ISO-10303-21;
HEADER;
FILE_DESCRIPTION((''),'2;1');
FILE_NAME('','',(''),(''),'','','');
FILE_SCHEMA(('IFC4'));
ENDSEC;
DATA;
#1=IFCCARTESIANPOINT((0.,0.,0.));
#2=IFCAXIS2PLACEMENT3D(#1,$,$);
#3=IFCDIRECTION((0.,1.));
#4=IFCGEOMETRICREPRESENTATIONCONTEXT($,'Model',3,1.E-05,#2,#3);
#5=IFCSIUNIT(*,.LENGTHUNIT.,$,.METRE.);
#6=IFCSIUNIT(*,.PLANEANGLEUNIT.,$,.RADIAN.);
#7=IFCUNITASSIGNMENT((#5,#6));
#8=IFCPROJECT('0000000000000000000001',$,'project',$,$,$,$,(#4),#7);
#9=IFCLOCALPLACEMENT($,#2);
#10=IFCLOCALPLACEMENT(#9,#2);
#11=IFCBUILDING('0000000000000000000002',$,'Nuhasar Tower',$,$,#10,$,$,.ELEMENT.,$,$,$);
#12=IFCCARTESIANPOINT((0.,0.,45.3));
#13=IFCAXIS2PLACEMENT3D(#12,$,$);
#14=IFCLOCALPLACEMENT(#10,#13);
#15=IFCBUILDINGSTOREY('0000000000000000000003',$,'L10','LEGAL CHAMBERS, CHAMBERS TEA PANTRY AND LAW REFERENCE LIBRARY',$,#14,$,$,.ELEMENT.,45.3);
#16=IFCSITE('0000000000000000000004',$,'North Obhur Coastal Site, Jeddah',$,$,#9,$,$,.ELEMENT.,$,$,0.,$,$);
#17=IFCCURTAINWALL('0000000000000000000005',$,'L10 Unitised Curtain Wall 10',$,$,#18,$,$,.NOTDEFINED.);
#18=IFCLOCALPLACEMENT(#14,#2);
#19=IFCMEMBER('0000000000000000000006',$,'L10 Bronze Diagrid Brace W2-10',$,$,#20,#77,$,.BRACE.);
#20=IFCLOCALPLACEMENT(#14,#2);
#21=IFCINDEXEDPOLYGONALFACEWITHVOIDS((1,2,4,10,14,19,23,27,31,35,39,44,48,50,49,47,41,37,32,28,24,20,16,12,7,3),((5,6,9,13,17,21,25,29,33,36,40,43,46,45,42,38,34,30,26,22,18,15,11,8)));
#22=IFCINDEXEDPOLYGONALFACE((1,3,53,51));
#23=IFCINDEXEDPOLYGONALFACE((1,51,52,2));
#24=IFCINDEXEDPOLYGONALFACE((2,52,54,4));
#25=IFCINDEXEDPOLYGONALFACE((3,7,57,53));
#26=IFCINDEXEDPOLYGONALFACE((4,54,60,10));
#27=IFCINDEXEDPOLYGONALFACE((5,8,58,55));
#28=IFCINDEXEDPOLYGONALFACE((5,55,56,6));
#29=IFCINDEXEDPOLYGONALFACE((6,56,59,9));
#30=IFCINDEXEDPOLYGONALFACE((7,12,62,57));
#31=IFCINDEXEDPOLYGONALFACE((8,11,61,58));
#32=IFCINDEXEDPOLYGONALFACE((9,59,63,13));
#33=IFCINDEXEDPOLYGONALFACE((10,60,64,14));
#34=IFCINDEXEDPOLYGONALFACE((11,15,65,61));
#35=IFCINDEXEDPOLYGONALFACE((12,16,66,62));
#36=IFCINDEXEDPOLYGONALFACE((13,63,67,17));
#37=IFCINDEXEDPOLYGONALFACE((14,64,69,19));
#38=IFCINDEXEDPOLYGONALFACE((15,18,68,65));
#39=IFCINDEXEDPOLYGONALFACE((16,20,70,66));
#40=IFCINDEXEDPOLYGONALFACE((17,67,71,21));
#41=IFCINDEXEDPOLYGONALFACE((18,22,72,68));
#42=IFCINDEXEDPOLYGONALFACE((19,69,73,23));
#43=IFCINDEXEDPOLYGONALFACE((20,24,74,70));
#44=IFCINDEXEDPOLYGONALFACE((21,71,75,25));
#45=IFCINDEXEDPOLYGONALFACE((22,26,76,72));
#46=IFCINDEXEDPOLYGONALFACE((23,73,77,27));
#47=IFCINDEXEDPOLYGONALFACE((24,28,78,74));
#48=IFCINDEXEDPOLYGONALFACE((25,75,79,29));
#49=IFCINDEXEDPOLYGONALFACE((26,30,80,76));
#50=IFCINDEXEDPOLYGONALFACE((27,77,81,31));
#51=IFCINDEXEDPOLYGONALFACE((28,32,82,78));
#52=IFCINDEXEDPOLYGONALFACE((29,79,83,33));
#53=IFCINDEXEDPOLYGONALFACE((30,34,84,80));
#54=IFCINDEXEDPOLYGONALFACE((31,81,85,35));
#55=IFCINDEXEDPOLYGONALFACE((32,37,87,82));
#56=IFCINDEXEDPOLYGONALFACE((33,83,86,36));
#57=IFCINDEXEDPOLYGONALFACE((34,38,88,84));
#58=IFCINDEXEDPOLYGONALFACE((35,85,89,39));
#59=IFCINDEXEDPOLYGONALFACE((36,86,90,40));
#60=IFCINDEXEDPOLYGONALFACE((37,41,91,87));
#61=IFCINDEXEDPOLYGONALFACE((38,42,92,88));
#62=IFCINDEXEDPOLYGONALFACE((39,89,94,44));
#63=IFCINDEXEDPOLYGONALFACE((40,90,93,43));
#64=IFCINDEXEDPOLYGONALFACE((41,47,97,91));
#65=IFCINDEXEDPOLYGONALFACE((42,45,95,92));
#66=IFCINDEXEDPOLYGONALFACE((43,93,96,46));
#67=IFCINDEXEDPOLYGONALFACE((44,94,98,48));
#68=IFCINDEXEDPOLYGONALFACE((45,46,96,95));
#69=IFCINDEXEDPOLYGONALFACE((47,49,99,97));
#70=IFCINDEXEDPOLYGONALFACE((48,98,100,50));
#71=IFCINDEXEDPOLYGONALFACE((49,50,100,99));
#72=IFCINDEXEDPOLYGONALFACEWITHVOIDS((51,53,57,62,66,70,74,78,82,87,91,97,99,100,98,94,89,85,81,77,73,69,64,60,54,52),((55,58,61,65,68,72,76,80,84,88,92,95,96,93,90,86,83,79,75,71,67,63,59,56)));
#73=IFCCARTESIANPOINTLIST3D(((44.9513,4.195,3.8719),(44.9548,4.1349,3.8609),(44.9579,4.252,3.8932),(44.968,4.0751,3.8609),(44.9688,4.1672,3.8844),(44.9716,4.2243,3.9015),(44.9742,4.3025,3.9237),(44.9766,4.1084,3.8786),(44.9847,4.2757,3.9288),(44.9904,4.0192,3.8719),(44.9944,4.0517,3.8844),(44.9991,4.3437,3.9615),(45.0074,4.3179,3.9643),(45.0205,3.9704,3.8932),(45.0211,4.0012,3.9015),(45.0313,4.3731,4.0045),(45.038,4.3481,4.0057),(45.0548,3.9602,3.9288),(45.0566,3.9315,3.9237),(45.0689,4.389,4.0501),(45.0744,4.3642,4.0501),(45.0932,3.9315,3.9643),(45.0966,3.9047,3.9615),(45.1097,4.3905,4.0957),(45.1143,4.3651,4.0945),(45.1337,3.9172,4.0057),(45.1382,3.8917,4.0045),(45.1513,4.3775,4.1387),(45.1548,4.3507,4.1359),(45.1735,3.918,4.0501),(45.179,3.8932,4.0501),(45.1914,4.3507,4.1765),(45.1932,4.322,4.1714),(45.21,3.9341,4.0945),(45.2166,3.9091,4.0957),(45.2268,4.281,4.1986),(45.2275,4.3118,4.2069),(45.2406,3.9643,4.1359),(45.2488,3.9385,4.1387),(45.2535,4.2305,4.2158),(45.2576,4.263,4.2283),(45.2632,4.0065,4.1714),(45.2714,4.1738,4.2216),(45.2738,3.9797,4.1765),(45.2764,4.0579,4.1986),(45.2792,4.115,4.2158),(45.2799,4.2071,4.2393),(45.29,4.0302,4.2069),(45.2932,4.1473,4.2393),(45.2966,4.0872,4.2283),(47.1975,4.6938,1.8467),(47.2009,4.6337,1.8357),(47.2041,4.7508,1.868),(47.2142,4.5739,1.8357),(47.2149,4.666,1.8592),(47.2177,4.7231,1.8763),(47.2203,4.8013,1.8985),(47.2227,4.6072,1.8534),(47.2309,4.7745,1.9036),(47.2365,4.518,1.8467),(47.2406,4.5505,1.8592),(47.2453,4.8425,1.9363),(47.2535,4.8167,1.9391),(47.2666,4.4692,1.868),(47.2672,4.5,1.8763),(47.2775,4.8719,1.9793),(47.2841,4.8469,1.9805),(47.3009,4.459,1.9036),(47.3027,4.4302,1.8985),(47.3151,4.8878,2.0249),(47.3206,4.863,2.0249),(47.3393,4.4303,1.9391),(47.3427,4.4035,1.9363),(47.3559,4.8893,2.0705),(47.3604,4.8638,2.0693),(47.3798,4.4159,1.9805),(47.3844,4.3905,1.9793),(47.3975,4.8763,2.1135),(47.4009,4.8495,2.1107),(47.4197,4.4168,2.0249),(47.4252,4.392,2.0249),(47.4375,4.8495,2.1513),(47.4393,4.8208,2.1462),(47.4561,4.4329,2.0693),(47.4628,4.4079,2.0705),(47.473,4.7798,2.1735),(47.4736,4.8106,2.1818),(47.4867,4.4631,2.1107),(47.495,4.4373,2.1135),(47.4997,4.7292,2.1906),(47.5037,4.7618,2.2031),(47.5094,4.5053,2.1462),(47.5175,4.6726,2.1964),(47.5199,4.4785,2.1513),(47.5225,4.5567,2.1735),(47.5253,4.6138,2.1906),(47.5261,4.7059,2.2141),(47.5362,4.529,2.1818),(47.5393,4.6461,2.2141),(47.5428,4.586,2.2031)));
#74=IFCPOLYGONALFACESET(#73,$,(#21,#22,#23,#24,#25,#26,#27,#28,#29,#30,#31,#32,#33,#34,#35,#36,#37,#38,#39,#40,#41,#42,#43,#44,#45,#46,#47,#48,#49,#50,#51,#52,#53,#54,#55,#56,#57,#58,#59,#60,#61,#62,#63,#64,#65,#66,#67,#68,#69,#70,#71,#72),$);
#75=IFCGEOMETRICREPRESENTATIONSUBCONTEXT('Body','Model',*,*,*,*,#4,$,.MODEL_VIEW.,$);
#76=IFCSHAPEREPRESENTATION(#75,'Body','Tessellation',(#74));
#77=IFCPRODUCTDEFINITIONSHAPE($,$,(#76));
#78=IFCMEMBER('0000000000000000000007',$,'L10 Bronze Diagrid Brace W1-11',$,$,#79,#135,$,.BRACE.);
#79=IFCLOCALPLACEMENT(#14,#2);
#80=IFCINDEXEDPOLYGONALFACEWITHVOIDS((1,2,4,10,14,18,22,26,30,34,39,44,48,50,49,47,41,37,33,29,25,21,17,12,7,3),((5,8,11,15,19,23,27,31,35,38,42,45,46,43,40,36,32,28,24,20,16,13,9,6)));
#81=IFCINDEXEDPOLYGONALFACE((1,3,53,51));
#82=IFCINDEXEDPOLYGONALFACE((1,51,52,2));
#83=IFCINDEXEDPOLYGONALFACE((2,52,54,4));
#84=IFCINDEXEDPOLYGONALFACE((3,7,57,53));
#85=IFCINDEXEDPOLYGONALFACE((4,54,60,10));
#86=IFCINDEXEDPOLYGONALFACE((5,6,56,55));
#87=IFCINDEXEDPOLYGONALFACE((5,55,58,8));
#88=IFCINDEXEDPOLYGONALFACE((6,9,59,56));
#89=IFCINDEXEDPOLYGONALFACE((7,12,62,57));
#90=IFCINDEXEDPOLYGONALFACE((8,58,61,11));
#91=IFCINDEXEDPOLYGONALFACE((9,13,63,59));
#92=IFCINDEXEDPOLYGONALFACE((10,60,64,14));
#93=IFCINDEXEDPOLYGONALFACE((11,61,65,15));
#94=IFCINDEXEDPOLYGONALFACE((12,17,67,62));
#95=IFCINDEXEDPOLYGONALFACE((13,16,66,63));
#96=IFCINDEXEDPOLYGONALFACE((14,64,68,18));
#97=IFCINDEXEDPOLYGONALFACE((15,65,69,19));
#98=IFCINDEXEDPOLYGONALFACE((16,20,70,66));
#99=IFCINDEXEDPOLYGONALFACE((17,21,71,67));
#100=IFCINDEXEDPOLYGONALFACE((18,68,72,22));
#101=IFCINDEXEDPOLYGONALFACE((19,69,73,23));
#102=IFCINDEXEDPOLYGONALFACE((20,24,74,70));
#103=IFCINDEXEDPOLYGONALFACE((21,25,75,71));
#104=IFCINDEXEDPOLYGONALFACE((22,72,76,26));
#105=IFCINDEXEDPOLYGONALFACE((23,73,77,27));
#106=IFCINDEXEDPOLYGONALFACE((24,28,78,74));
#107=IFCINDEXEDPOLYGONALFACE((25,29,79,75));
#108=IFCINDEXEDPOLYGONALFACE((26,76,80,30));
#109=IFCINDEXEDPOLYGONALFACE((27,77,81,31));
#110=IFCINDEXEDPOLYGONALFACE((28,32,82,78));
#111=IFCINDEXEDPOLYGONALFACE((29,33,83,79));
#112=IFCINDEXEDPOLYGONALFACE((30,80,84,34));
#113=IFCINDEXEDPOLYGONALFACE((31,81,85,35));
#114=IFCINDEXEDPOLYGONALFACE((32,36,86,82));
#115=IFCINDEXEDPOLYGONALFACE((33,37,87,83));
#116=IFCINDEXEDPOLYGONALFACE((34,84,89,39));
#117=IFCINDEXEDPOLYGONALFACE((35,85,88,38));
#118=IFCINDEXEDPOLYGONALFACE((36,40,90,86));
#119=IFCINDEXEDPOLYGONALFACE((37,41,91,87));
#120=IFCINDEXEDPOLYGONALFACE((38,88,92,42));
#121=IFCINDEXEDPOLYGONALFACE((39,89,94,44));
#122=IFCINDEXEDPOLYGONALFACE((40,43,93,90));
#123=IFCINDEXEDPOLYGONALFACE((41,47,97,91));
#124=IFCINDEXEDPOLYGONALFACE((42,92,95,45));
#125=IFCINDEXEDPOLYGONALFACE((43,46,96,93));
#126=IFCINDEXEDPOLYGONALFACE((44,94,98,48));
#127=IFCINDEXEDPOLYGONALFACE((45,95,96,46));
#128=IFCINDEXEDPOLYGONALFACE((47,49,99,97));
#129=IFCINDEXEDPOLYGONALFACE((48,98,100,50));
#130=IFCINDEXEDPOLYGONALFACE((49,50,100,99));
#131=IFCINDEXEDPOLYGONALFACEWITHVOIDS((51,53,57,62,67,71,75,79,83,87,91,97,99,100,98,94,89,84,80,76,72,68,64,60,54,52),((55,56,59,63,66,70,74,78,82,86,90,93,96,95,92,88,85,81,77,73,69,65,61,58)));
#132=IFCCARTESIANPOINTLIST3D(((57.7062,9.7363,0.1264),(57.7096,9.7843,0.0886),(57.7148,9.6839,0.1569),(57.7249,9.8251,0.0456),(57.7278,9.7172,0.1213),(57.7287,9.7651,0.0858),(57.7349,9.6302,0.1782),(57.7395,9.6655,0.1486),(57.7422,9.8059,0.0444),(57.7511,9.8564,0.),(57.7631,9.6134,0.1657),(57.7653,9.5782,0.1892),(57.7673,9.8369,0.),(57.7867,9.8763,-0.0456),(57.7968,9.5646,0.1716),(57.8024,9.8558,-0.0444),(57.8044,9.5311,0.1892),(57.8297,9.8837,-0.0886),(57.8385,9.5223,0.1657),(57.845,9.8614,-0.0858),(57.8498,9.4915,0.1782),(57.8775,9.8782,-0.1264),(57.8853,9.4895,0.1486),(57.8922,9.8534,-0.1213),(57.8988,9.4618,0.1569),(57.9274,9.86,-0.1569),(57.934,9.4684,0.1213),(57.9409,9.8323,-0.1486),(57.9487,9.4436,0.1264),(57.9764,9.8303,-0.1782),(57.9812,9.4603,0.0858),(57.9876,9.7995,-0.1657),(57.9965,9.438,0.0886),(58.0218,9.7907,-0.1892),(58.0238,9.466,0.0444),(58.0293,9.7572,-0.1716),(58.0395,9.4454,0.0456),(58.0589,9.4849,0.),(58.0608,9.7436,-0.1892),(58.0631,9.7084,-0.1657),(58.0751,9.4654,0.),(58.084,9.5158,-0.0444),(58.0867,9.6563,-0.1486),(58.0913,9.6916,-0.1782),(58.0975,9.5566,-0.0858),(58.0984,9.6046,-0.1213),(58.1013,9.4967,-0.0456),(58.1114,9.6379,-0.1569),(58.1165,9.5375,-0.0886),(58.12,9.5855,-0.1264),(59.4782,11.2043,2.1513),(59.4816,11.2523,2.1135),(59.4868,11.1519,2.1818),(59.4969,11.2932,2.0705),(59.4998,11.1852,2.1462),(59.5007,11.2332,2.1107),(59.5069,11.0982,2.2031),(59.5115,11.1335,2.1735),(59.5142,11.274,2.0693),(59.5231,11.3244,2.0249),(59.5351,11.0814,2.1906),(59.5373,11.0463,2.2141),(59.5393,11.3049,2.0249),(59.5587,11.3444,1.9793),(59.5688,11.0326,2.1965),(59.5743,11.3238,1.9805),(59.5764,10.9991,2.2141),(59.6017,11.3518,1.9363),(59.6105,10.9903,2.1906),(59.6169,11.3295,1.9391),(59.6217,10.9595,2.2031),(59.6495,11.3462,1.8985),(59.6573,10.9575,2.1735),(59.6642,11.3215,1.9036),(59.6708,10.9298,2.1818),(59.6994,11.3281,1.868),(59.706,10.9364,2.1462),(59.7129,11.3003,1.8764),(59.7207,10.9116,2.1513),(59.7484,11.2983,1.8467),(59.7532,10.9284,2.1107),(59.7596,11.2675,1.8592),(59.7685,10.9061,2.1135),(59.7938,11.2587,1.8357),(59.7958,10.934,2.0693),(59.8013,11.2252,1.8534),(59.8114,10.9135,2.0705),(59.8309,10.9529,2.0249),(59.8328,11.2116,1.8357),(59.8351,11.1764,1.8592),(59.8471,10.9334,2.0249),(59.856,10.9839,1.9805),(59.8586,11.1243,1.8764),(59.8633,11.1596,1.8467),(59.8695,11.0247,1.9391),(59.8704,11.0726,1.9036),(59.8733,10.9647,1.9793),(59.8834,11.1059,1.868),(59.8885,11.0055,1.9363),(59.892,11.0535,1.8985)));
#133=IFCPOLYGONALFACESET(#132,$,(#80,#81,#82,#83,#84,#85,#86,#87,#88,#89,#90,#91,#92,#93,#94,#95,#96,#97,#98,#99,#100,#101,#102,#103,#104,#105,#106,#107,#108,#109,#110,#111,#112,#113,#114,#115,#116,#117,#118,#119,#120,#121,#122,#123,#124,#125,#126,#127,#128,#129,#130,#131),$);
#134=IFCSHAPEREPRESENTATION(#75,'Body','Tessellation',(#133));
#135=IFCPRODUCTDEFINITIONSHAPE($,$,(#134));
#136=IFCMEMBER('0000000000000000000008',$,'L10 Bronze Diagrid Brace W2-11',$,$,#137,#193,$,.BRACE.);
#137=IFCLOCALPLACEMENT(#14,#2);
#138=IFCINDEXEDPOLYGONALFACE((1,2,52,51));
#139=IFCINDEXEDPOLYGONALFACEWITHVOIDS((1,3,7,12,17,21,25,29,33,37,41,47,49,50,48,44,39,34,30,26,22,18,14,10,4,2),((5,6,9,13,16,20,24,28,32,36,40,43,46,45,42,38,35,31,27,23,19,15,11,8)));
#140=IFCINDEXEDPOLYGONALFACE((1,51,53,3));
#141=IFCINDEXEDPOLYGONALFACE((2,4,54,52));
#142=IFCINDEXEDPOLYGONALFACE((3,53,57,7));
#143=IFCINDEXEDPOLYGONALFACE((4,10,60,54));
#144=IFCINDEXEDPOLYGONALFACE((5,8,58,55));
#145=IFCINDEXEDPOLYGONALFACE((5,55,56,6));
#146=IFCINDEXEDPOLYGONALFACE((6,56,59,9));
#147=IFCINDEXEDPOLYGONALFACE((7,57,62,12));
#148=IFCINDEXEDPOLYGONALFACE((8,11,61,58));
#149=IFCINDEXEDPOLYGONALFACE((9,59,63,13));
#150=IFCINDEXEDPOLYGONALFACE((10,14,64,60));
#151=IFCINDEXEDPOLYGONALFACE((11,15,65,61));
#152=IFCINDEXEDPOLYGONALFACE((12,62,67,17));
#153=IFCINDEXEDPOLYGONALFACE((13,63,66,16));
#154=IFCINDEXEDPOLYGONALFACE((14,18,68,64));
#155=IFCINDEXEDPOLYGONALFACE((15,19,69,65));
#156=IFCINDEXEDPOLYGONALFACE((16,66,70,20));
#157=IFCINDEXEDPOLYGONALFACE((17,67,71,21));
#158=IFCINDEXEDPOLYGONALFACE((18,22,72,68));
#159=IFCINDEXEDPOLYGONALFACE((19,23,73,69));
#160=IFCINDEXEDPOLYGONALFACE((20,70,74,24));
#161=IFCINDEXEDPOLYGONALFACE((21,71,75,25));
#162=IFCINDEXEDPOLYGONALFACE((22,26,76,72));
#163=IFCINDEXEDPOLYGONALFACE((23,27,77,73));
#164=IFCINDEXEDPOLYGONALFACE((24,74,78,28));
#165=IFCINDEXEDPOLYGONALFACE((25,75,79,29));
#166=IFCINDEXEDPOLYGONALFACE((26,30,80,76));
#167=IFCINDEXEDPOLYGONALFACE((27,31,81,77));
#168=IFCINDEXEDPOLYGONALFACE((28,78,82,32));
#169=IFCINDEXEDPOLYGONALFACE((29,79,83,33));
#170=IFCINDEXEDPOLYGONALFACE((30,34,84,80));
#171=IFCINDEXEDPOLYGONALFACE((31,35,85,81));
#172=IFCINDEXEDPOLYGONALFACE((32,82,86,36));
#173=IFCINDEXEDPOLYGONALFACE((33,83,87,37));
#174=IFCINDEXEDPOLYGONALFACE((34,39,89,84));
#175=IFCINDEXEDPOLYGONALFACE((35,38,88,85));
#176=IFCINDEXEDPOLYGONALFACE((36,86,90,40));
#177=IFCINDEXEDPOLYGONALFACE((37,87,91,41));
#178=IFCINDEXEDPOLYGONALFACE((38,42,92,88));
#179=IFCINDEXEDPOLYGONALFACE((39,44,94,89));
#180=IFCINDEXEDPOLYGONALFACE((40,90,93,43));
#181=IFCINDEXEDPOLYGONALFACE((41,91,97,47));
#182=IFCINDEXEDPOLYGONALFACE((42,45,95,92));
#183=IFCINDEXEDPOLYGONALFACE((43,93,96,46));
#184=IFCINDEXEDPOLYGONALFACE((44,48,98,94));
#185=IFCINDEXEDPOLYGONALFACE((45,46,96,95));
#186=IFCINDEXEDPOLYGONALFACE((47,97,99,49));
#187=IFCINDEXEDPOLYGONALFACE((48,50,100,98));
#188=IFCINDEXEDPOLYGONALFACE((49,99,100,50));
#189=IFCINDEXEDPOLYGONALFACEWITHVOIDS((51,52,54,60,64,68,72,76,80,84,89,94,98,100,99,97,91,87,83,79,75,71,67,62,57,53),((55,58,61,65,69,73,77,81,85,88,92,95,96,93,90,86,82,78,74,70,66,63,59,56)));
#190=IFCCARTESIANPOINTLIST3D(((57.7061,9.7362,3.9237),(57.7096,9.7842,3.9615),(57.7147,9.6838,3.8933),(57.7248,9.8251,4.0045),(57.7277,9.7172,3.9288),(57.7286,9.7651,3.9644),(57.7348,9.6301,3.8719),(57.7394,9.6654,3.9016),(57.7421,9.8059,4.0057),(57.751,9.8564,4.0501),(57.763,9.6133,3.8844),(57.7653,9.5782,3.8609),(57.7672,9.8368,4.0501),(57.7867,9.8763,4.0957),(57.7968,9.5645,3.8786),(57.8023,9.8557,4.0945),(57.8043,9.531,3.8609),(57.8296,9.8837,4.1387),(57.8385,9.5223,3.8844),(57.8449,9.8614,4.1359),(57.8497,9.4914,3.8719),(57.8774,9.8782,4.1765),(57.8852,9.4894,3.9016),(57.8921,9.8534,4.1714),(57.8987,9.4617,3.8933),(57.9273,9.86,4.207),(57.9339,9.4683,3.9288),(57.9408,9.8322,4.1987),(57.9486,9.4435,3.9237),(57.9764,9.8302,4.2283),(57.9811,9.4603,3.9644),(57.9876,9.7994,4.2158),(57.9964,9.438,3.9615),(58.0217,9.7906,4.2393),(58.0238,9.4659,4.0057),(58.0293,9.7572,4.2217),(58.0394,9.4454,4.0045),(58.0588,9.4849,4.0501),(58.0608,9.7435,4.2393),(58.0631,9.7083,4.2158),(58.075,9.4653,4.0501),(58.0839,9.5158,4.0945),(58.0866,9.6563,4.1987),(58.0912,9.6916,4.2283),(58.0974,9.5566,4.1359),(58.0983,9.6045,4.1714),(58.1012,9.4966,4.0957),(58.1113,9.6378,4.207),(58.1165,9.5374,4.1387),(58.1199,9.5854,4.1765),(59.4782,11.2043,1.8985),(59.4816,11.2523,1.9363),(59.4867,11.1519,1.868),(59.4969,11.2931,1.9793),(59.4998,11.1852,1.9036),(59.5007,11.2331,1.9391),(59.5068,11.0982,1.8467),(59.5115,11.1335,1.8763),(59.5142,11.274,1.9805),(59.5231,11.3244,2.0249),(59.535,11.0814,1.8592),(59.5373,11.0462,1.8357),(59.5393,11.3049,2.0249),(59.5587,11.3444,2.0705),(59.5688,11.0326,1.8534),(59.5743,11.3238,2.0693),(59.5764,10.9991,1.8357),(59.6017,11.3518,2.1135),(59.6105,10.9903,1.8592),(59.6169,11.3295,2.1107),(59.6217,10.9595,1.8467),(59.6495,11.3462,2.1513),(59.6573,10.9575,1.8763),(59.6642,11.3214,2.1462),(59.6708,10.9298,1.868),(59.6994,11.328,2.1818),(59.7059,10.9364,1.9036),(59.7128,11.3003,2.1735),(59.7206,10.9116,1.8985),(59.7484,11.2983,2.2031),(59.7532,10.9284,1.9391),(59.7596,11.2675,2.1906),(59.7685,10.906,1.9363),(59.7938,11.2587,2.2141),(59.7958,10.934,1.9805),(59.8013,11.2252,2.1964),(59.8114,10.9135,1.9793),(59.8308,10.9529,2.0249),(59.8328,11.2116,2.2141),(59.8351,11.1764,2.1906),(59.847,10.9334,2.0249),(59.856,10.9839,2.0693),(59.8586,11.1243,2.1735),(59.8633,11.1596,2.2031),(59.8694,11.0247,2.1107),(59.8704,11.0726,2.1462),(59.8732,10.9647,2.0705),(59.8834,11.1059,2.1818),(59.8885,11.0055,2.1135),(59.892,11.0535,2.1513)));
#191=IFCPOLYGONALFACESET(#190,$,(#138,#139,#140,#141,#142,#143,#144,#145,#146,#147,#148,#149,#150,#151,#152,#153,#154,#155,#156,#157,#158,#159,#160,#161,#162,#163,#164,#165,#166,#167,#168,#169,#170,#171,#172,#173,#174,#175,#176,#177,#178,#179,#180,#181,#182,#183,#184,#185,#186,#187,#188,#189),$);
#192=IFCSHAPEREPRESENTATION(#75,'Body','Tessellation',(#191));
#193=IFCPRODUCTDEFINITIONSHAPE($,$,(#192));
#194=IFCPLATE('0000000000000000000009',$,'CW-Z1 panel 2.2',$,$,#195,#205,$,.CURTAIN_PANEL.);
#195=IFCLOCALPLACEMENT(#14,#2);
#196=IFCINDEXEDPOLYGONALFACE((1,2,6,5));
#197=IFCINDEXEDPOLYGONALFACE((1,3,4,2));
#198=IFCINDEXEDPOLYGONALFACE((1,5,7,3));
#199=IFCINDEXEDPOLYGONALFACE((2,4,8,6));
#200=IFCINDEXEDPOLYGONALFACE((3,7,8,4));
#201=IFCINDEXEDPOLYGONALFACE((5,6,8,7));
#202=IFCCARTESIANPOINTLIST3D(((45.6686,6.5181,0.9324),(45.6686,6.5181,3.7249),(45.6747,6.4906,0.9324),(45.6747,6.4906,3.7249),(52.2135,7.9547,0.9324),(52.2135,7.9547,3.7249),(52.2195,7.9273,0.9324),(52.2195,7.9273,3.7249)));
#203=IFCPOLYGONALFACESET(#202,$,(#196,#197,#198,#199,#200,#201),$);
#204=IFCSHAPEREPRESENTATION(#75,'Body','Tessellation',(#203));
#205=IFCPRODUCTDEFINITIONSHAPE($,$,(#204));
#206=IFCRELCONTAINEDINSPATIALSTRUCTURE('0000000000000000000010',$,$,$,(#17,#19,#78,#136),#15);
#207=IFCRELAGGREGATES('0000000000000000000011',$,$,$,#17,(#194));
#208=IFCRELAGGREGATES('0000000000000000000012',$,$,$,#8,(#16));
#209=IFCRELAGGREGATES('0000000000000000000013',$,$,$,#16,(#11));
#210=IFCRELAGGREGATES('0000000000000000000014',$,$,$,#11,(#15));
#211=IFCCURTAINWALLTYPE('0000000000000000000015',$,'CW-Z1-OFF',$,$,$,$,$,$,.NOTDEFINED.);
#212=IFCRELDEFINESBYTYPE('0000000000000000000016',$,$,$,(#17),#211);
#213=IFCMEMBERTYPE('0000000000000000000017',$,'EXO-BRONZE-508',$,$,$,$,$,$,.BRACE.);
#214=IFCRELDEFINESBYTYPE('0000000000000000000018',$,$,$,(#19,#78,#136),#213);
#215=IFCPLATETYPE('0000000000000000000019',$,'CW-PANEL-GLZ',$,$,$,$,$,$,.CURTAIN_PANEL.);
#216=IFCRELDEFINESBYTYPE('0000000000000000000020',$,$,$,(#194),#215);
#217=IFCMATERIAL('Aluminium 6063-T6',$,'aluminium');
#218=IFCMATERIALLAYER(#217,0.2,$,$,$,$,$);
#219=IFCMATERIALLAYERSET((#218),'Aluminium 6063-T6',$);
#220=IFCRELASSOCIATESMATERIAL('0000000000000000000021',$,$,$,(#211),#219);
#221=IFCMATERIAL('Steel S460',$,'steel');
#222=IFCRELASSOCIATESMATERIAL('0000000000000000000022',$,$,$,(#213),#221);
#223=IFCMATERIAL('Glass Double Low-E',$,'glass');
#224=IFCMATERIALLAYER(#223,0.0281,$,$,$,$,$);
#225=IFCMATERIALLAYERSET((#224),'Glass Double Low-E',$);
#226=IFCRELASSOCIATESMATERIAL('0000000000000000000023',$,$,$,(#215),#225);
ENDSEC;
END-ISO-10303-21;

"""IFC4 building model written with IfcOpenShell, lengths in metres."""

from ifc_helpers import new_model, si_unit, direction, frame, origin, origin_2d, place, context, subcontext, project, spatial, rectangle, hollow_circle, extrude, material, layer, layer_set, material_profile, profile_set, type_object, element, aggregate, save


model = new_model("IFC4")

# Units and contexts
model_context = context("Model", 3, precision=1e-05, world=origin(), true_north=direction((0.0, 1.0)))
body_context = subcontext(model_context, "Body", "Model", "MODEL_VIEW")
ifc_project = project(units=[si_unit("LENGTHUNIT", "METRE"), si_unit("PLANEANGLEUNIT", "RADIAN")], contexts=[model_context])

# Site, building, storey
site_placement = place(None, origin())
site = spatial("IfcSite", under=ifc_project, at=site_placement, Name="North Obhur Coastal Site, Jeddah", CompositionType="ELEMENT", RefElevation=0.0)
building_placement = place(site_placement, origin())
building = spatial("IfcBuilding", under=site, at=building_placement, Name="Nuhasar Tower", CompositionType="ELEMENT")
storey_placement = place(building_placement, frame((0.0, 0.0, 45.3)))
storey = spatial("IfcBuildingStorey", under=building, at=storey_placement, Name="L10", Description="LEGAL CHAMBERS, CHAMBERS TEA PANTRY AND LAW REFERENCE LIBRARY", CompositionType="ELEMENT", Elevation=45.3)

# Curtain wall
ifc_material_1 = material(Name="Aluminium 6063-T6", Category="aluminium")
ifc_layer_1 = layer(ifc_material_1, 0.2)
ifc_layer_set_1 = layer_set([ifc_layer_1], Name="Aluminium 6063-T6")
curtain_wall_type = type_object("IfcCurtainWallType", Name="CW-Z1-OFF", PredefinedType="NOTDEFINED", material=ifc_layer_set_1)
curtain_wall_1_placement = place(storey_placement, origin())
curtain_wall_1 = element("IfcCurtainWall", 1, at=curtain_wall_1_placement, inside=storey, type_object=curtain_wall_type, Name="L10 Unitised Curtain Wall 10", PredefinedType="NOTDEFINED")

# Members
ifc_material_2 = material(Name="Steel S460", Category="steel")
ifc_material_profile_1 = material_profile(ifc_material_2, hollow_circle(Radius=0.2539, WallThickness=0.0254, at=origin_2d()), Name="HSS508X25.4")
ifc_profile_set_1 = profile_set([ifc_material_profile_1], Name="Steel S460")
member_type_1 = type_object("IfcMemberType", Name="EXO-BRONZE-508", PredefinedType="BRACE", material=ifc_profile_set_1)
for number, where, z_axis, x_axis, name in (
    (2, (47.3701, 4.6399, 2.0249), (-0.732792, -0.162728, 0.660708), (0.216784, -0.97622, 0.0), "L10 Bronze Diagrid Brace W2-10"),
    (3, (57.9131, 9.6609, 0.0), (0.578102, 0.478937, 0.660619), (-0.637969, 0.770062, 0.0), "L10 Bronze Diagrid Brace W1-11"),
):
    element("IfcMember", number, at=place(storey_placement, frame(where, z_axis=z_axis, x_axis=x_axis)), inside=storey, type_object=member_type_1, Name=name, PredefinedType="BRACE", context=body_context, shape_type="SweptSolid", body=[
        extrude(hollow_circle(Radius=0.2539, WallThickness=0.0254, at=origin_2d()), origin(), (0.0, 0.0, 1.0), 3.0652),
    ])
member_1_placement = place(storey_placement, frame((59.6851, 11.1289, 2.0249), z_axis=(-0.578071, -0.478912, 0.660664), x_axis=(0.637969, -0.770062, 0.0)))
element("IfcMember", 4, at=member_1_placement, inside=storey, type_object=member_type_1, Name="L10 Bronze Diagrid Brace W2-11", PredefinedType="BRACE", context=body_context, shape_type="SweptSolid", body=[
    extrude(hollow_circle(Radius=0.2539, WallThickness=0.0254, at=origin_2d()), origin(), (0.0, 0.0, 1.0), 3.0654),
])

# Plate
ifc_material_3 = material(Name="Glass Double Low-E", Category="glass")
ifc_layer_2 = layer(ifc_material_3, 0.0281)
ifc_layer_set_2 = layer_set([ifc_layer_2], Name="Glass Double Low-E")
plate_type_1 = type_object("IfcPlateType", Name="CW-PANEL-GLZ", PredefinedType="CURTAIN_PANEL", material=ifc_layer_set_2)
plate_1_placement = place(storey_placement, frame((48.9441, 7.2227, 0.9324), z_axis=(0.0, 0.0, 1.0), x_axis=(0.976746, 0.214399, 0.0)))
plate_1 = element("IfcPlate", 5, at=plate_1_placement, type_object=plate_type_1, Name="CW-Z1 panel 2.2", PredefinedType="CURTAIN_PANEL", context=body_context, shape_type="SweptSolid", body=[
    extrude(rectangle(XDim=6.7007, YDim=0.0281, at=origin_2d()), origin(), (0.0, 0.0, 1.0), 2.7925),
])
aggregate(curtain_wall_1, [plate_1])

save(model, "model.ifc")
